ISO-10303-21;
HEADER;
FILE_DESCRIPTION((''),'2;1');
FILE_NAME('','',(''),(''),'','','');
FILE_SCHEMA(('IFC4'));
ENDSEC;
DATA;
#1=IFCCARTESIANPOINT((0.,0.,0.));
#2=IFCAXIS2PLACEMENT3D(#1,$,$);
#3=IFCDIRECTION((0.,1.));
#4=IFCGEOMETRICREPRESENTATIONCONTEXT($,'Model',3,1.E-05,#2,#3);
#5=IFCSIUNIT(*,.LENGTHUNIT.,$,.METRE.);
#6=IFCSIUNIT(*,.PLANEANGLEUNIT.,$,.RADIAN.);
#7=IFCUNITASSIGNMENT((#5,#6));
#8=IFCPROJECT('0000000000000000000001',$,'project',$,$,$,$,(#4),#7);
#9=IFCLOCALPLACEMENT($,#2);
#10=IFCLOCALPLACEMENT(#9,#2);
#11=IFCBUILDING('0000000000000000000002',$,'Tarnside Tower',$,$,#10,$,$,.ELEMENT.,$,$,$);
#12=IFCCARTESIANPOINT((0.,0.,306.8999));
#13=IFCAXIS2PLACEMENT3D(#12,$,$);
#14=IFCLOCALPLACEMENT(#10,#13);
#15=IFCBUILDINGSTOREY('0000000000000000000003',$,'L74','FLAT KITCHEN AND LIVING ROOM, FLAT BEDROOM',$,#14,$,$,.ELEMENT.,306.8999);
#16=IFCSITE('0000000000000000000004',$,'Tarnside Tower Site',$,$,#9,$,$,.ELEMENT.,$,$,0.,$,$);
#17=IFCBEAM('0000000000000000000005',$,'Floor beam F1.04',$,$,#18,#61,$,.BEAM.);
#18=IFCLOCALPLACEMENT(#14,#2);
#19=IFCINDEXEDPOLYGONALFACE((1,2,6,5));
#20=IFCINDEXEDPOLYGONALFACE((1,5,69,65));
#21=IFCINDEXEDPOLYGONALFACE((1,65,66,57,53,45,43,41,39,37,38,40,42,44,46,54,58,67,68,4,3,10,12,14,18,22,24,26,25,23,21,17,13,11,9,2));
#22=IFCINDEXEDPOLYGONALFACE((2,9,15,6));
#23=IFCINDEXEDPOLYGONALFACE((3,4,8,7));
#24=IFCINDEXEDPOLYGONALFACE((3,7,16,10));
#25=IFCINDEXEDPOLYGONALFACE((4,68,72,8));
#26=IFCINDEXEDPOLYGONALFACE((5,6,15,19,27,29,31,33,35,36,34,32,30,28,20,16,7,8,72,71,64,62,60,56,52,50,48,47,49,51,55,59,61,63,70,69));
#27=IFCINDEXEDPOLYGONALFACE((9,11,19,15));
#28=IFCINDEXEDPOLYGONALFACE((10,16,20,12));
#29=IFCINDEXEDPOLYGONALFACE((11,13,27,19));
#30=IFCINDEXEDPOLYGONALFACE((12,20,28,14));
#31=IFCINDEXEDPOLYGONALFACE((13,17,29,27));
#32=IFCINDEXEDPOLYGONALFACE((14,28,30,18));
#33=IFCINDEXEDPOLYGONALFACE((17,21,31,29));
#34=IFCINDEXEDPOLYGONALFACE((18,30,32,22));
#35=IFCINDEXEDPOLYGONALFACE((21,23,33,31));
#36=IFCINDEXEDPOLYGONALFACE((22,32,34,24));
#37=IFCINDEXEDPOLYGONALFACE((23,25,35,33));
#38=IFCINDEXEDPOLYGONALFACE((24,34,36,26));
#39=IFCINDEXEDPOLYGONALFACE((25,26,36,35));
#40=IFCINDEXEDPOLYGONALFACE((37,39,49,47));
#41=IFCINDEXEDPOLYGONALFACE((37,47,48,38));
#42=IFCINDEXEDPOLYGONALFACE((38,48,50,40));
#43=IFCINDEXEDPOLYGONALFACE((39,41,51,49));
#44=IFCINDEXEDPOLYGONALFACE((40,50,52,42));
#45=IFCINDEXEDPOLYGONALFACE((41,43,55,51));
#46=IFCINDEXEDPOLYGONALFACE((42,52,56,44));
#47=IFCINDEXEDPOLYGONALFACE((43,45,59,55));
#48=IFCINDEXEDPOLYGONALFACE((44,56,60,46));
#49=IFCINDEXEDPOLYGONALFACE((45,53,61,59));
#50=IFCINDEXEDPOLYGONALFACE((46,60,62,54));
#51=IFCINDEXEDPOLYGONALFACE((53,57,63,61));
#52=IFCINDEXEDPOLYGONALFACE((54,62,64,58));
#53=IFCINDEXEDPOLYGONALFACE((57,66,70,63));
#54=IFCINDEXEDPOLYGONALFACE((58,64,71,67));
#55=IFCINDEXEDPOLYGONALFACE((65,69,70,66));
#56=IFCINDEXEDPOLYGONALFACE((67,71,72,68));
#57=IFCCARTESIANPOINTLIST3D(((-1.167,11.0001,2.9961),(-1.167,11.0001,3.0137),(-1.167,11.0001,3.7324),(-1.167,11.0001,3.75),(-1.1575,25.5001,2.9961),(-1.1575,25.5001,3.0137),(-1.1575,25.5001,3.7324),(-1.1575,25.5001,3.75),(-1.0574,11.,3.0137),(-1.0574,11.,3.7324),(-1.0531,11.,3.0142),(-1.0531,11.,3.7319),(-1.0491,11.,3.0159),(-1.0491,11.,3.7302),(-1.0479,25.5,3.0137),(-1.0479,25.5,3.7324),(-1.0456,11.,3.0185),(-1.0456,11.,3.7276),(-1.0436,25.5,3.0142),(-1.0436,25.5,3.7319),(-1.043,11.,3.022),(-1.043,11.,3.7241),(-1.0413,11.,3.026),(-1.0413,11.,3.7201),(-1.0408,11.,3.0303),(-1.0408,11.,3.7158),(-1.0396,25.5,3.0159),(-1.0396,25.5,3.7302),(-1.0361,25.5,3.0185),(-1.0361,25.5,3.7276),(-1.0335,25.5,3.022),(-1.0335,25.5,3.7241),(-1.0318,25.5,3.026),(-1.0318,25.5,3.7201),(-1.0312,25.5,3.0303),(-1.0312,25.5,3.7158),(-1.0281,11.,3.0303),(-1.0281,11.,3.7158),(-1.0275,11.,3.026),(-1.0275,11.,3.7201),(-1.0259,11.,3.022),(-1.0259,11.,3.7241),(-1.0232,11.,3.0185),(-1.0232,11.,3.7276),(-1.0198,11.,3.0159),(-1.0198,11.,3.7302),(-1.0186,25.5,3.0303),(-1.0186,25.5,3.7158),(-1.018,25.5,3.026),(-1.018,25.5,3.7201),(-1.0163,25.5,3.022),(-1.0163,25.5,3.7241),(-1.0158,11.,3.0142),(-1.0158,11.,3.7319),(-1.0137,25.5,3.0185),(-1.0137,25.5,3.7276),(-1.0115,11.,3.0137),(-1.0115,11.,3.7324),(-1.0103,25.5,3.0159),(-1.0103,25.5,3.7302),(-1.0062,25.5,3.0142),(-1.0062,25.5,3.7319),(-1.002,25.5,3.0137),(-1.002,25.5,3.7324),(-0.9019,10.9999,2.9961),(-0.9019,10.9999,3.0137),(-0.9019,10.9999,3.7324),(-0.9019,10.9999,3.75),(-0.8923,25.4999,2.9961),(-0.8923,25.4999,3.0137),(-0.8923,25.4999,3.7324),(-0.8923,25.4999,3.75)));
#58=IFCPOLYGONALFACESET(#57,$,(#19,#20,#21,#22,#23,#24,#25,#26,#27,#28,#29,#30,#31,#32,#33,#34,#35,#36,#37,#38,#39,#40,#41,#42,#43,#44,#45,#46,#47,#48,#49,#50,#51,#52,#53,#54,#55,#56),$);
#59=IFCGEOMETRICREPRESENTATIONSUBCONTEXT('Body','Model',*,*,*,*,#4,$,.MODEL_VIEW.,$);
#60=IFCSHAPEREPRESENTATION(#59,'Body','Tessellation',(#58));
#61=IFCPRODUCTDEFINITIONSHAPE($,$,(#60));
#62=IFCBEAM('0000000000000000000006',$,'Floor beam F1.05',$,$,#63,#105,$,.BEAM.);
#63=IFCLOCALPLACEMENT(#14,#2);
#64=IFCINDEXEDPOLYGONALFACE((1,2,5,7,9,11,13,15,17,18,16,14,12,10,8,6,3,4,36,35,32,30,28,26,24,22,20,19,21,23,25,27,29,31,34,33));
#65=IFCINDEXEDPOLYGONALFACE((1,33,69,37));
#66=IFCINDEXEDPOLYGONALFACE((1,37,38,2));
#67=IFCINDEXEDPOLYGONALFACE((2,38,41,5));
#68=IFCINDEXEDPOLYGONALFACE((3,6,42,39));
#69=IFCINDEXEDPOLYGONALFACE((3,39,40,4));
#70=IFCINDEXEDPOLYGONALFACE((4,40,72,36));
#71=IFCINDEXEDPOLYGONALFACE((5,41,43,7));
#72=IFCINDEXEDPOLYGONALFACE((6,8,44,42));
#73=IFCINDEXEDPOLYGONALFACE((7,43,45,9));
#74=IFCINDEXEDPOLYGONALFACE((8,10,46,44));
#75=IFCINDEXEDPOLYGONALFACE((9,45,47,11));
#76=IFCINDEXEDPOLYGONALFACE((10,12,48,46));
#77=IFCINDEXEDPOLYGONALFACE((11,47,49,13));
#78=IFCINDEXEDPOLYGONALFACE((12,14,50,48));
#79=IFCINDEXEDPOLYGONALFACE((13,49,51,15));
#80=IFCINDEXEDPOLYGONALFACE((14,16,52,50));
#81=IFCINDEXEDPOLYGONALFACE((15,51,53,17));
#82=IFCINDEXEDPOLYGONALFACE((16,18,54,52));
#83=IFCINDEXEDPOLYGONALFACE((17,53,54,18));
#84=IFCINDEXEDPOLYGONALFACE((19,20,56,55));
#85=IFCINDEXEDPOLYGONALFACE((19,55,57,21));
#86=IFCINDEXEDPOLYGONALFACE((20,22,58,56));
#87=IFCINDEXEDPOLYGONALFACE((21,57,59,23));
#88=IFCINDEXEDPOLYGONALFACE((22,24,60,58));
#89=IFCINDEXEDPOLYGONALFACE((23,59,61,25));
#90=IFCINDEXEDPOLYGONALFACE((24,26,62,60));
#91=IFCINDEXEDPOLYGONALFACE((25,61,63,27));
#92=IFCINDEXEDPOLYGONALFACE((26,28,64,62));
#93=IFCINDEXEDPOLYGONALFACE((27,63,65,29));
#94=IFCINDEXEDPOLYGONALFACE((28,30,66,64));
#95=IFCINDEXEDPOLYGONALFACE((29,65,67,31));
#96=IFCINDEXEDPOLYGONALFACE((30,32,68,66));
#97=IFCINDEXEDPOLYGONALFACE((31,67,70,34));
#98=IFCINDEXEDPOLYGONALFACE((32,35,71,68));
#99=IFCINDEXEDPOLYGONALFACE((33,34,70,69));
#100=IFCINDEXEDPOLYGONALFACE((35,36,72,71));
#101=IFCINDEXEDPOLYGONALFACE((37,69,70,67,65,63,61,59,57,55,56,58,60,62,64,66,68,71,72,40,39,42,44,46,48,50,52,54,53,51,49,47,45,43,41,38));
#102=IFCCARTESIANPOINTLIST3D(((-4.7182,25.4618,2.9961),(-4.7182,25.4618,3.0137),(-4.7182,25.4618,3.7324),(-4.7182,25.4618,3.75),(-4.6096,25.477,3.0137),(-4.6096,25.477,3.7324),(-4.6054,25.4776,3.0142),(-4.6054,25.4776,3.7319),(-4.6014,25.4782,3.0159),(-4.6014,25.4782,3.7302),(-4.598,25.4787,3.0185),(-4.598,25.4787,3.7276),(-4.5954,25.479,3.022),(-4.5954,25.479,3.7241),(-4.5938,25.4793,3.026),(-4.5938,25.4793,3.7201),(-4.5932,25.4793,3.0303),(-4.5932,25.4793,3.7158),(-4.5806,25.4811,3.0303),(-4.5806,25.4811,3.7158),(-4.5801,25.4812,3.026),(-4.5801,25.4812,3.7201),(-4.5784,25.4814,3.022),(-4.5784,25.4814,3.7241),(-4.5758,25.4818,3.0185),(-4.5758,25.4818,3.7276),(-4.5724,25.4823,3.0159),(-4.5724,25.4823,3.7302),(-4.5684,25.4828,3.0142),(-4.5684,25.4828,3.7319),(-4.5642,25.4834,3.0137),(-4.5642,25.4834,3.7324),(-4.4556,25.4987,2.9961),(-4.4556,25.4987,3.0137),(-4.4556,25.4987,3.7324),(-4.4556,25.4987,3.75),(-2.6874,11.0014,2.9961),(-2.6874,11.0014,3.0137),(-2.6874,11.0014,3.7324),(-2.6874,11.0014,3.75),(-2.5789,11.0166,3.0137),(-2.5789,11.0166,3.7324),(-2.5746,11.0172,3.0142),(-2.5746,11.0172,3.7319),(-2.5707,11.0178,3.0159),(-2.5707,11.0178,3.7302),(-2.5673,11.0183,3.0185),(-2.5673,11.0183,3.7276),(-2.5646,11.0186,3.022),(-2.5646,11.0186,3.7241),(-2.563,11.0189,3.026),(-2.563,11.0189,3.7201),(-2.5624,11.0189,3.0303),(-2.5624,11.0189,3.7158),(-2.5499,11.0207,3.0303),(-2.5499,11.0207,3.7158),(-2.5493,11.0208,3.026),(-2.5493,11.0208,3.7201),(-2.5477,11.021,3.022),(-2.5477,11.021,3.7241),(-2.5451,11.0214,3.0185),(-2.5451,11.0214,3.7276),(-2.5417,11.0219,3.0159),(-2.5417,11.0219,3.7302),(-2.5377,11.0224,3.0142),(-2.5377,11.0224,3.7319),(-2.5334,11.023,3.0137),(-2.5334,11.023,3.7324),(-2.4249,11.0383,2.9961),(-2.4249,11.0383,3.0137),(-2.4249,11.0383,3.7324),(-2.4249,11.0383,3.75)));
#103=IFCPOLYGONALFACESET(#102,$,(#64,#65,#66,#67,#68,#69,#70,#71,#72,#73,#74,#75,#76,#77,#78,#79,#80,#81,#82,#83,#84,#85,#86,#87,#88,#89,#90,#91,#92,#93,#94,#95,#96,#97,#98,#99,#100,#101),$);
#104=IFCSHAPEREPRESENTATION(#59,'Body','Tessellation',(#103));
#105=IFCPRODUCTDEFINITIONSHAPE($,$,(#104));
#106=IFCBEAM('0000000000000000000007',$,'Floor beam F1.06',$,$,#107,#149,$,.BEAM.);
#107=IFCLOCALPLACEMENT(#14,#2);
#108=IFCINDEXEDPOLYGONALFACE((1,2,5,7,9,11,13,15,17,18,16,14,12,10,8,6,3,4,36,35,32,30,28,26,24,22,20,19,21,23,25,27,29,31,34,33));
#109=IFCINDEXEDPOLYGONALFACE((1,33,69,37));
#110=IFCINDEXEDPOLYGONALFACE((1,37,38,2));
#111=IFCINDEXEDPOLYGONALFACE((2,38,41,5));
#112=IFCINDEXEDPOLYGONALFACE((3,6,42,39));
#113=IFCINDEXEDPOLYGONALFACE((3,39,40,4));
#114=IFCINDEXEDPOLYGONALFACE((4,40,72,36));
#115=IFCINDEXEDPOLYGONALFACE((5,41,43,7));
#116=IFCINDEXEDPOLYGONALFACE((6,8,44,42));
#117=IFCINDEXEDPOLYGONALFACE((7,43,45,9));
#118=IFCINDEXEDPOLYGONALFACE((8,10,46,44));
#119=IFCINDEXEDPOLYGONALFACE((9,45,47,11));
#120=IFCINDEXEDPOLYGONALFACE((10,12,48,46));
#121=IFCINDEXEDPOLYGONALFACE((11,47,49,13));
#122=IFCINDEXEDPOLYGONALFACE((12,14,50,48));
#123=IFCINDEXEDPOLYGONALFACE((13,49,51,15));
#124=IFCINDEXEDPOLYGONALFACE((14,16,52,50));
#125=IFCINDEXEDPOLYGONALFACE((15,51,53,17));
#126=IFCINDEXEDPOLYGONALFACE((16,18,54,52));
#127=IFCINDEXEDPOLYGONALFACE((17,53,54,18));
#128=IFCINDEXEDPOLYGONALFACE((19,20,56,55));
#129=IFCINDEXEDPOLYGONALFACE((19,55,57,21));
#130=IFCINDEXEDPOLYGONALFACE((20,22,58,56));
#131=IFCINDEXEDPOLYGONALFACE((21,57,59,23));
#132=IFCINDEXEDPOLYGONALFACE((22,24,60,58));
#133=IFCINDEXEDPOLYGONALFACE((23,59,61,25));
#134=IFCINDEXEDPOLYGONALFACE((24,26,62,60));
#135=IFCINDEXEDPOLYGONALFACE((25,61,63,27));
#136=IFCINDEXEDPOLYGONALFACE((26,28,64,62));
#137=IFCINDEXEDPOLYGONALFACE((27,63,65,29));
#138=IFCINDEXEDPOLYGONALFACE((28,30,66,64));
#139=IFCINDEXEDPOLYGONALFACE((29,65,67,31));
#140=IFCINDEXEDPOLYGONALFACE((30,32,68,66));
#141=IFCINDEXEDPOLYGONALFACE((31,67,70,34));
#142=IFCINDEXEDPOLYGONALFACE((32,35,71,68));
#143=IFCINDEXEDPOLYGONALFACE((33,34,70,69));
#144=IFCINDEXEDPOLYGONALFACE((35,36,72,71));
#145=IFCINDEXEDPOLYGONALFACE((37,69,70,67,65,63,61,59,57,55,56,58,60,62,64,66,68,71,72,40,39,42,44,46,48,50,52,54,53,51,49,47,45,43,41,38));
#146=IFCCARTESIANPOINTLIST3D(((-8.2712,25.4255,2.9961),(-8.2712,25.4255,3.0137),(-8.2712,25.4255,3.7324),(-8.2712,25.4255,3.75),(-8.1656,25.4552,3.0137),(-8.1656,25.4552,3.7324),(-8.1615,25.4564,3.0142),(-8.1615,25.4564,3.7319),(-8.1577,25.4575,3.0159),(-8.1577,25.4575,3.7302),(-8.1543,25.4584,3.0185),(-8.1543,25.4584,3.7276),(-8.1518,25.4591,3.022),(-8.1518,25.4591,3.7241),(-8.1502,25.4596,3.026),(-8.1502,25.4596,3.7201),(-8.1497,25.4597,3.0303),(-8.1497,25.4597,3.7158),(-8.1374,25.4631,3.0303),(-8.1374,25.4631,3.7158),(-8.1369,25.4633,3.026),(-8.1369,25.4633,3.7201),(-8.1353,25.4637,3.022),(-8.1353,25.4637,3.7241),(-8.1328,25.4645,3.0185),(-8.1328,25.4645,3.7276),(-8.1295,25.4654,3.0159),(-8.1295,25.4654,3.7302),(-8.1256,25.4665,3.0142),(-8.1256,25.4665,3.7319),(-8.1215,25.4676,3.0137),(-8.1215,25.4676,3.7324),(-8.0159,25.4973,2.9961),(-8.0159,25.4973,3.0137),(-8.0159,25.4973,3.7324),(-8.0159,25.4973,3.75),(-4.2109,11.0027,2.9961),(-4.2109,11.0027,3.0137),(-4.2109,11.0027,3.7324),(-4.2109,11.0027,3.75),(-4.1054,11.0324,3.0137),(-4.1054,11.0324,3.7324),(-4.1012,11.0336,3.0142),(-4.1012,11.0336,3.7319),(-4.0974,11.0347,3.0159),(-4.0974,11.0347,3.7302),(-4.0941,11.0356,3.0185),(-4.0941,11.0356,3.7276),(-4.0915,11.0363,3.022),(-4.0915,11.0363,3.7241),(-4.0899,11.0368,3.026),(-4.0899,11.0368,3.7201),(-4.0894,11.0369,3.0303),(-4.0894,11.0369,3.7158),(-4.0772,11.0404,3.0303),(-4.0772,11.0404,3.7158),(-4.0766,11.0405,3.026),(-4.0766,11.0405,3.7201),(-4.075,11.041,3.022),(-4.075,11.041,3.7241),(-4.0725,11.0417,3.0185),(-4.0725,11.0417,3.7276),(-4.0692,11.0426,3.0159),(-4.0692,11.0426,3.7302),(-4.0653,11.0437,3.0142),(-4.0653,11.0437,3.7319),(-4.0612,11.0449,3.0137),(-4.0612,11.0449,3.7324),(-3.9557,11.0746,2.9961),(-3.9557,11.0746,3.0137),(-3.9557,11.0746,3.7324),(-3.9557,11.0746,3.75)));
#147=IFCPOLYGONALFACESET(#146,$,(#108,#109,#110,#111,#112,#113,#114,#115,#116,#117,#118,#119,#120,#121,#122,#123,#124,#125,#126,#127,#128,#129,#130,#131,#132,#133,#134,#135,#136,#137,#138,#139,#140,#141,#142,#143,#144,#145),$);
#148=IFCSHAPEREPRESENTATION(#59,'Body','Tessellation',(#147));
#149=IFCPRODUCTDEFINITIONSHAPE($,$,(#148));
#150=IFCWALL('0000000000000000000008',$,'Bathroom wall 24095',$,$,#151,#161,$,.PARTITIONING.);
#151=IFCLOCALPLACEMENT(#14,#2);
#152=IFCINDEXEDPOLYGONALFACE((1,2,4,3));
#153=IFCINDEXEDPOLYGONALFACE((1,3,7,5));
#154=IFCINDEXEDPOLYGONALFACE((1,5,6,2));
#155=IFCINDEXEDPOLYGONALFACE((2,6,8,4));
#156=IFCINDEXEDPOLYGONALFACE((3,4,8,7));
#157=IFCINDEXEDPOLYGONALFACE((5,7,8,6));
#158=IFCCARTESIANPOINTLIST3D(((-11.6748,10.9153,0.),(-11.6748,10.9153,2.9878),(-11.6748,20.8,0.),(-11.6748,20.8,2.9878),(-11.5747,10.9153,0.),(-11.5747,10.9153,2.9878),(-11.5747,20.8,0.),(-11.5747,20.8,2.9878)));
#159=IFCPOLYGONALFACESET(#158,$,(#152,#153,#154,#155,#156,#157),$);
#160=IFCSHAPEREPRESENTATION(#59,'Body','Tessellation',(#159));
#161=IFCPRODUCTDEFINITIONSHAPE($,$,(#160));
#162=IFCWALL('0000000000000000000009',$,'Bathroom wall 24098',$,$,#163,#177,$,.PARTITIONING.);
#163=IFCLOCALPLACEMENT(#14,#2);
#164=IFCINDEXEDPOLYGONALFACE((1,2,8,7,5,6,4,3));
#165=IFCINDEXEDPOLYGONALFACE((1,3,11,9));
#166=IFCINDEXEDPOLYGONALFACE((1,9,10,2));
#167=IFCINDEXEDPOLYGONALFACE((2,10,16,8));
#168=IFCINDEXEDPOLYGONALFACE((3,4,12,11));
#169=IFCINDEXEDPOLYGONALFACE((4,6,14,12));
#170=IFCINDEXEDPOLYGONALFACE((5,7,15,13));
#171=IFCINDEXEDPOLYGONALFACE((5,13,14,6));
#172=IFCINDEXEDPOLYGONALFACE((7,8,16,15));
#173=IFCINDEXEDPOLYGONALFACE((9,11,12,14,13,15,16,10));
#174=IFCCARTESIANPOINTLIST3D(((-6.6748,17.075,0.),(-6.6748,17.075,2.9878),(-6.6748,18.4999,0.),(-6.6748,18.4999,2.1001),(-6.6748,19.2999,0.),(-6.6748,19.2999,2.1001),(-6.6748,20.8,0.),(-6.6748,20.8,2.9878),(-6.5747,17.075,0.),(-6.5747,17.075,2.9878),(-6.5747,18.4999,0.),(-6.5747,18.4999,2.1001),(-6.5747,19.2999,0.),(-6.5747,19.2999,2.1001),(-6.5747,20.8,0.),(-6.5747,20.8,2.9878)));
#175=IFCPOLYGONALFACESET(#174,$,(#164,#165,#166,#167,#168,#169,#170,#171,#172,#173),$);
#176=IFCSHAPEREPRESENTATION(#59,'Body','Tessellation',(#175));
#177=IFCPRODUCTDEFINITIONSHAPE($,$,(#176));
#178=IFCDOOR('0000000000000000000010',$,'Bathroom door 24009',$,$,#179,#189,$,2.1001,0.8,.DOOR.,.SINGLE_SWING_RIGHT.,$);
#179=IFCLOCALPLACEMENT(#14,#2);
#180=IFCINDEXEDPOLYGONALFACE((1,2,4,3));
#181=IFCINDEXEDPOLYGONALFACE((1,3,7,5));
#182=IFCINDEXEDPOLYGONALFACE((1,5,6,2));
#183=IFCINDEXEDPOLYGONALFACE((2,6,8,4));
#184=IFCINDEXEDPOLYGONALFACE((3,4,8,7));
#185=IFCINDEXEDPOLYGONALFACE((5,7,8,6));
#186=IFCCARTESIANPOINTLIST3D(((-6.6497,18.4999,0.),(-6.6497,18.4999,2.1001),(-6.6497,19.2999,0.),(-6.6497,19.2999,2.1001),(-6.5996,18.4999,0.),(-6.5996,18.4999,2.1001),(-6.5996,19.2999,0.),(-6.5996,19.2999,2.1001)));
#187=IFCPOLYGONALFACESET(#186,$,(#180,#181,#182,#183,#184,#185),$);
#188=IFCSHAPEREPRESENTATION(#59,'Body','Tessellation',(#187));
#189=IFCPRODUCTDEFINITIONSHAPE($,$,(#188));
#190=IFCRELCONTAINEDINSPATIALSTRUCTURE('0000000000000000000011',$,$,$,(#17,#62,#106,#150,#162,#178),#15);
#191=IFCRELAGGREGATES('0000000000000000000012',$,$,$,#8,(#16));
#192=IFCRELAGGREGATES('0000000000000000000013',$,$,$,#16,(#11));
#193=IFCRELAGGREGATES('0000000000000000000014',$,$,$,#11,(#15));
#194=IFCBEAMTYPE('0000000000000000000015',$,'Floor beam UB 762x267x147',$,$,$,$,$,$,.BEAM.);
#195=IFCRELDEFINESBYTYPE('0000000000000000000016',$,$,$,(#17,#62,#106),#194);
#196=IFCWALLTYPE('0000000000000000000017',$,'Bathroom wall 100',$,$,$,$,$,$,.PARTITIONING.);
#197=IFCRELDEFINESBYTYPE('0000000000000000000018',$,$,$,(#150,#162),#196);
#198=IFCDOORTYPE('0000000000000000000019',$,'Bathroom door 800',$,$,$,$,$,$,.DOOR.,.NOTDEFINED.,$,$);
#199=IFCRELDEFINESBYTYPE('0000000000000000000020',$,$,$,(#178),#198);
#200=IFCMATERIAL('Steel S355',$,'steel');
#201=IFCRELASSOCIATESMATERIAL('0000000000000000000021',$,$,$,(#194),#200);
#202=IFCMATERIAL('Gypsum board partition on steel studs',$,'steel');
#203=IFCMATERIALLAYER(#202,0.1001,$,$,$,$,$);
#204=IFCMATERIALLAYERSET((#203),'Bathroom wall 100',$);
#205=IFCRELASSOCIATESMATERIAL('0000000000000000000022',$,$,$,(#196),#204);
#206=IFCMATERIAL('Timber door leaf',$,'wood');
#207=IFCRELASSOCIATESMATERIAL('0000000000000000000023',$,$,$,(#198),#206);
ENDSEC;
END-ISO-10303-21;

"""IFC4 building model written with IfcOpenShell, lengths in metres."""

from ifc_helpers import new_model, si_unit, direction, frame, frame_2d, origin, origin_2d, place, context, subcontext, project, spatial, rectangle, i_section, extrude, material, layer, layer_set, material_profile, profile_set, type_object, element, fill, save


model = new_model("IFC4")

# Units and contexts
model_context = context("Model", 3, precision=1e-05, world=origin(), true_north=direction((0.0, 1.0)))
body_context = subcontext(model_context, "Body", "Model", "MODEL_VIEW")
ifc_project = project(units=[si_unit("LENGTHUNIT", "METRE"), si_unit("PLANEANGLEUNIT", "RADIAN")], contexts=[model_context])

# Site, building, storey
site_placement = place(None, origin())
site = spatial("IfcSite", under=ifc_project, at=site_placement, Name="Tarnside Tower Site", CompositionType="ELEMENT", RefElevation=0.0)
building_placement = place(site_placement, origin())
building = spatial("IfcBuilding", under=site, at=building_placement, Name="Tarnside Tower", CompositionType="ELEMENT")
storey_placement = place(building_placement, frame((0.0, 0.0, 306.8999)))
storey = spatial("IfcBuildingStorey", under=building, at=storey_placement, Name="L74", Description="FLAT KITCHEN AND LIVING ROOM, FLAT BEDROOM", CompositionType="ELEMENT", Elevation=306.8999)

# Beams
ifc_material_1 = material(Name="Steel S355", Category="steel")
ifc_material_profile = material_profile(ifc_material_1, i_section(OverallWidth=0.2651, OverallDepth=0.7539, WebThickness=0.0127, FlangeThickness=0.0176, FilletRadius=0.0166, at=origin_2d()), Name="UB 762x267x147")
ifc_profile_set = profile_set([ifc_material_profile], Name="Steel S355")
beam_type = type_object("IfcBeamType", Name="Floor beam UB 762x267x147", PredefinedType="BEAM", material=ifc_profile_set)
beam_1_placement = place(storey_placement, frame((-1.0249, 25.5, 3.373), z_axis=(-0.000657, -1.0, 0.0), x_axis=(1.0, -0.000657, 0.0)))
element("IfcBeam", 1, at=beam_1_placement, inside=storey, type_object=beam_type, Name="Floor beam F1.04", PredefinedType="BEAM", context=body_context, shape_type="SweptSolid", body=[
    extrude(i_section(OverallWidth=0.2651, OverallDepth=0.7539, WebThickness=0.0127, FlangeThickness=0.0176, FilletRadius=0.0166, at=origin_2d()), origin(), (0.0, 0.0, 1.0), 14.5),
])
beam_2_placement = place(storey_placement, frame((-4.5869, 25.4802, 3.373), z_axis=(0.139071, -0.990282, 0.0), x_axis=(0.990282, 0.139071, 0.0)))
element("IfcBeam", 2, at=beam_2_placement, inside=storey, type_object=beam_type, Name="Floor beam F1.05", PredefinedType="BEAM", context=body_context, shape_type="SweptSolid", body=[
    extrude(i_section(OverallWidth=0.2651, OverallDepth=0.7539, WebThickness=0.0127, FlangeThickness=0.0176, FilletRadius=0.0166, at=origin_2d()), origin(), (0.0, 0.0, 1.0), 14.6023),
])
beam_3_placement = place(storey_placement, frame((-8.1436, 25.4614, 3.373), z_axis=(0.270985, -0.962583, 0.0), x_axis=(0.962583, 0.270985, 0.0)))
element("IfcBeam", 3, at=beam_3_placement, inside=storey, type_object=beam_type, Name="Floor beam F1.06", PredefinedType="BEAM", context=body_context, shape_type="SweptSolid", body=[
    extrude(i_section(OverallWidth=0.2651, OverallDepth=0.7539, WebThickness=0.0127, FlangeThickness=0.0176, FilletRadius=0.0166, at=origin_2d()), origin(), (0.0, 0.0, 1.0), 14.9834),
])

# Wall
ifc_material_2 = material(Name="Gypsum board partition on steel studs", Category="steel")
ifc_layer_1 = layer(ifc_material_2, 0.1001)
ifc_layer_set_1 = layer_set([ifc_layer_1], Name="Bathroom wall 100")
wall_type_1 = type_object("IfcWallType", Name="Bathroom wall 100", PredefinedType="PARTITIONING", material=ifc_layer_set_1)
wall_1_placement = place(storey_placement, frame((-11.6248, 10.9153, 0.0), z_axis=(0.0, 0.0, 1.0), x_axis=(0.0, 1.0, 0.0)))
element("IfcWall", 4, at=wall_1_placement, inside=storey, type_object=wall_type_1, Name="Bathroom wall 24095", PredefinedType="PARTITIONING", context=body_context, shape_type="SweptSolid", body=[
    extrude(rectangle(XDim=9.8848, YDim=0.1001, at=frame_2d((4.9424, 0.0))), origin(), (0.0, 0.0, 1.0), 2.9878),
])

# Wall, opening, door
wall_2_placement = place(storey_placement, frame((-6.6248, 17.075, 0.0), z_axis=(0.0, 0.0, 1.0), x_axis=(0.0, 1.0, 0.0)))
wall_2 = element("IfcWall", 5, at=wall_2_placement, inside=storey, type_object=wall_type_1, Name="Bathroom wall 24098", PredefinedType="PARTITIONING", context=body_context, shape_type="SweptSolid", body=[
    extrude(rectangle(XDim=3.7251, YDim=0.1001, at=frame_2d((1.8625, 0.0))), origin(), (0.0, 0.0, 1.0), 2.9878),
])
opening_1_placement = place(wall_2_placement, frame((1.425, 0.0, 0.0)))
opening_1 = element("IfcOpeningElement", 6, at=opening_1_placement, cuts=wall_2, PredefinedType="OPENING", context=body_context, shape_type="SweptSolid", body=[
    extrude(rectangle(XDim=0.8, YDim=2.1001, at=frame_2d((0.3999, 1.05))), frame((0.0, 0.0601, 0.0), z_axis=(0.0, -1.0, 0.0), x_axis=(1.0, 0.0, 0.0)), (0.0, 0.0, 1.0), 0.1201),
])
ifc_material_3 = material(Name="Timber door leaf", Category="wood")
door_type_1 = type_object("IfcDoorType", Name="Bathroom door 800", OperationType="NOTDEFINED", PredefinedType="DOOR", material=ifc_material_3)
door_1_placement = place(opening_1_placement, origin())
door_1 = element("IfcDoor", 7, at=door_1_placement, inside=storey, type_object=door_type_1, Name="Bathroom door 24009", OperationType="SINGLE_SWING_RIGHT", OverallHeight=2.1001, OverallWidth=0.8, PredefinedType="DOOR", context=body_context, shape_type="SweptSolid", body=[
    extrude(rectangle(XDim=0.8, YDim=2.1001, at=frame_2d((0.3999, 1.05))), frame((0.0, 0.0249, 0.0), z_axis=(0.0, -1.0, 0.0), x_axis=(1.0, 0.0, 0.0)), (0.0, 0.0, 1.0), 0.05),
])
fill(opening_1, door_1)

save(model, "model.ifc")
